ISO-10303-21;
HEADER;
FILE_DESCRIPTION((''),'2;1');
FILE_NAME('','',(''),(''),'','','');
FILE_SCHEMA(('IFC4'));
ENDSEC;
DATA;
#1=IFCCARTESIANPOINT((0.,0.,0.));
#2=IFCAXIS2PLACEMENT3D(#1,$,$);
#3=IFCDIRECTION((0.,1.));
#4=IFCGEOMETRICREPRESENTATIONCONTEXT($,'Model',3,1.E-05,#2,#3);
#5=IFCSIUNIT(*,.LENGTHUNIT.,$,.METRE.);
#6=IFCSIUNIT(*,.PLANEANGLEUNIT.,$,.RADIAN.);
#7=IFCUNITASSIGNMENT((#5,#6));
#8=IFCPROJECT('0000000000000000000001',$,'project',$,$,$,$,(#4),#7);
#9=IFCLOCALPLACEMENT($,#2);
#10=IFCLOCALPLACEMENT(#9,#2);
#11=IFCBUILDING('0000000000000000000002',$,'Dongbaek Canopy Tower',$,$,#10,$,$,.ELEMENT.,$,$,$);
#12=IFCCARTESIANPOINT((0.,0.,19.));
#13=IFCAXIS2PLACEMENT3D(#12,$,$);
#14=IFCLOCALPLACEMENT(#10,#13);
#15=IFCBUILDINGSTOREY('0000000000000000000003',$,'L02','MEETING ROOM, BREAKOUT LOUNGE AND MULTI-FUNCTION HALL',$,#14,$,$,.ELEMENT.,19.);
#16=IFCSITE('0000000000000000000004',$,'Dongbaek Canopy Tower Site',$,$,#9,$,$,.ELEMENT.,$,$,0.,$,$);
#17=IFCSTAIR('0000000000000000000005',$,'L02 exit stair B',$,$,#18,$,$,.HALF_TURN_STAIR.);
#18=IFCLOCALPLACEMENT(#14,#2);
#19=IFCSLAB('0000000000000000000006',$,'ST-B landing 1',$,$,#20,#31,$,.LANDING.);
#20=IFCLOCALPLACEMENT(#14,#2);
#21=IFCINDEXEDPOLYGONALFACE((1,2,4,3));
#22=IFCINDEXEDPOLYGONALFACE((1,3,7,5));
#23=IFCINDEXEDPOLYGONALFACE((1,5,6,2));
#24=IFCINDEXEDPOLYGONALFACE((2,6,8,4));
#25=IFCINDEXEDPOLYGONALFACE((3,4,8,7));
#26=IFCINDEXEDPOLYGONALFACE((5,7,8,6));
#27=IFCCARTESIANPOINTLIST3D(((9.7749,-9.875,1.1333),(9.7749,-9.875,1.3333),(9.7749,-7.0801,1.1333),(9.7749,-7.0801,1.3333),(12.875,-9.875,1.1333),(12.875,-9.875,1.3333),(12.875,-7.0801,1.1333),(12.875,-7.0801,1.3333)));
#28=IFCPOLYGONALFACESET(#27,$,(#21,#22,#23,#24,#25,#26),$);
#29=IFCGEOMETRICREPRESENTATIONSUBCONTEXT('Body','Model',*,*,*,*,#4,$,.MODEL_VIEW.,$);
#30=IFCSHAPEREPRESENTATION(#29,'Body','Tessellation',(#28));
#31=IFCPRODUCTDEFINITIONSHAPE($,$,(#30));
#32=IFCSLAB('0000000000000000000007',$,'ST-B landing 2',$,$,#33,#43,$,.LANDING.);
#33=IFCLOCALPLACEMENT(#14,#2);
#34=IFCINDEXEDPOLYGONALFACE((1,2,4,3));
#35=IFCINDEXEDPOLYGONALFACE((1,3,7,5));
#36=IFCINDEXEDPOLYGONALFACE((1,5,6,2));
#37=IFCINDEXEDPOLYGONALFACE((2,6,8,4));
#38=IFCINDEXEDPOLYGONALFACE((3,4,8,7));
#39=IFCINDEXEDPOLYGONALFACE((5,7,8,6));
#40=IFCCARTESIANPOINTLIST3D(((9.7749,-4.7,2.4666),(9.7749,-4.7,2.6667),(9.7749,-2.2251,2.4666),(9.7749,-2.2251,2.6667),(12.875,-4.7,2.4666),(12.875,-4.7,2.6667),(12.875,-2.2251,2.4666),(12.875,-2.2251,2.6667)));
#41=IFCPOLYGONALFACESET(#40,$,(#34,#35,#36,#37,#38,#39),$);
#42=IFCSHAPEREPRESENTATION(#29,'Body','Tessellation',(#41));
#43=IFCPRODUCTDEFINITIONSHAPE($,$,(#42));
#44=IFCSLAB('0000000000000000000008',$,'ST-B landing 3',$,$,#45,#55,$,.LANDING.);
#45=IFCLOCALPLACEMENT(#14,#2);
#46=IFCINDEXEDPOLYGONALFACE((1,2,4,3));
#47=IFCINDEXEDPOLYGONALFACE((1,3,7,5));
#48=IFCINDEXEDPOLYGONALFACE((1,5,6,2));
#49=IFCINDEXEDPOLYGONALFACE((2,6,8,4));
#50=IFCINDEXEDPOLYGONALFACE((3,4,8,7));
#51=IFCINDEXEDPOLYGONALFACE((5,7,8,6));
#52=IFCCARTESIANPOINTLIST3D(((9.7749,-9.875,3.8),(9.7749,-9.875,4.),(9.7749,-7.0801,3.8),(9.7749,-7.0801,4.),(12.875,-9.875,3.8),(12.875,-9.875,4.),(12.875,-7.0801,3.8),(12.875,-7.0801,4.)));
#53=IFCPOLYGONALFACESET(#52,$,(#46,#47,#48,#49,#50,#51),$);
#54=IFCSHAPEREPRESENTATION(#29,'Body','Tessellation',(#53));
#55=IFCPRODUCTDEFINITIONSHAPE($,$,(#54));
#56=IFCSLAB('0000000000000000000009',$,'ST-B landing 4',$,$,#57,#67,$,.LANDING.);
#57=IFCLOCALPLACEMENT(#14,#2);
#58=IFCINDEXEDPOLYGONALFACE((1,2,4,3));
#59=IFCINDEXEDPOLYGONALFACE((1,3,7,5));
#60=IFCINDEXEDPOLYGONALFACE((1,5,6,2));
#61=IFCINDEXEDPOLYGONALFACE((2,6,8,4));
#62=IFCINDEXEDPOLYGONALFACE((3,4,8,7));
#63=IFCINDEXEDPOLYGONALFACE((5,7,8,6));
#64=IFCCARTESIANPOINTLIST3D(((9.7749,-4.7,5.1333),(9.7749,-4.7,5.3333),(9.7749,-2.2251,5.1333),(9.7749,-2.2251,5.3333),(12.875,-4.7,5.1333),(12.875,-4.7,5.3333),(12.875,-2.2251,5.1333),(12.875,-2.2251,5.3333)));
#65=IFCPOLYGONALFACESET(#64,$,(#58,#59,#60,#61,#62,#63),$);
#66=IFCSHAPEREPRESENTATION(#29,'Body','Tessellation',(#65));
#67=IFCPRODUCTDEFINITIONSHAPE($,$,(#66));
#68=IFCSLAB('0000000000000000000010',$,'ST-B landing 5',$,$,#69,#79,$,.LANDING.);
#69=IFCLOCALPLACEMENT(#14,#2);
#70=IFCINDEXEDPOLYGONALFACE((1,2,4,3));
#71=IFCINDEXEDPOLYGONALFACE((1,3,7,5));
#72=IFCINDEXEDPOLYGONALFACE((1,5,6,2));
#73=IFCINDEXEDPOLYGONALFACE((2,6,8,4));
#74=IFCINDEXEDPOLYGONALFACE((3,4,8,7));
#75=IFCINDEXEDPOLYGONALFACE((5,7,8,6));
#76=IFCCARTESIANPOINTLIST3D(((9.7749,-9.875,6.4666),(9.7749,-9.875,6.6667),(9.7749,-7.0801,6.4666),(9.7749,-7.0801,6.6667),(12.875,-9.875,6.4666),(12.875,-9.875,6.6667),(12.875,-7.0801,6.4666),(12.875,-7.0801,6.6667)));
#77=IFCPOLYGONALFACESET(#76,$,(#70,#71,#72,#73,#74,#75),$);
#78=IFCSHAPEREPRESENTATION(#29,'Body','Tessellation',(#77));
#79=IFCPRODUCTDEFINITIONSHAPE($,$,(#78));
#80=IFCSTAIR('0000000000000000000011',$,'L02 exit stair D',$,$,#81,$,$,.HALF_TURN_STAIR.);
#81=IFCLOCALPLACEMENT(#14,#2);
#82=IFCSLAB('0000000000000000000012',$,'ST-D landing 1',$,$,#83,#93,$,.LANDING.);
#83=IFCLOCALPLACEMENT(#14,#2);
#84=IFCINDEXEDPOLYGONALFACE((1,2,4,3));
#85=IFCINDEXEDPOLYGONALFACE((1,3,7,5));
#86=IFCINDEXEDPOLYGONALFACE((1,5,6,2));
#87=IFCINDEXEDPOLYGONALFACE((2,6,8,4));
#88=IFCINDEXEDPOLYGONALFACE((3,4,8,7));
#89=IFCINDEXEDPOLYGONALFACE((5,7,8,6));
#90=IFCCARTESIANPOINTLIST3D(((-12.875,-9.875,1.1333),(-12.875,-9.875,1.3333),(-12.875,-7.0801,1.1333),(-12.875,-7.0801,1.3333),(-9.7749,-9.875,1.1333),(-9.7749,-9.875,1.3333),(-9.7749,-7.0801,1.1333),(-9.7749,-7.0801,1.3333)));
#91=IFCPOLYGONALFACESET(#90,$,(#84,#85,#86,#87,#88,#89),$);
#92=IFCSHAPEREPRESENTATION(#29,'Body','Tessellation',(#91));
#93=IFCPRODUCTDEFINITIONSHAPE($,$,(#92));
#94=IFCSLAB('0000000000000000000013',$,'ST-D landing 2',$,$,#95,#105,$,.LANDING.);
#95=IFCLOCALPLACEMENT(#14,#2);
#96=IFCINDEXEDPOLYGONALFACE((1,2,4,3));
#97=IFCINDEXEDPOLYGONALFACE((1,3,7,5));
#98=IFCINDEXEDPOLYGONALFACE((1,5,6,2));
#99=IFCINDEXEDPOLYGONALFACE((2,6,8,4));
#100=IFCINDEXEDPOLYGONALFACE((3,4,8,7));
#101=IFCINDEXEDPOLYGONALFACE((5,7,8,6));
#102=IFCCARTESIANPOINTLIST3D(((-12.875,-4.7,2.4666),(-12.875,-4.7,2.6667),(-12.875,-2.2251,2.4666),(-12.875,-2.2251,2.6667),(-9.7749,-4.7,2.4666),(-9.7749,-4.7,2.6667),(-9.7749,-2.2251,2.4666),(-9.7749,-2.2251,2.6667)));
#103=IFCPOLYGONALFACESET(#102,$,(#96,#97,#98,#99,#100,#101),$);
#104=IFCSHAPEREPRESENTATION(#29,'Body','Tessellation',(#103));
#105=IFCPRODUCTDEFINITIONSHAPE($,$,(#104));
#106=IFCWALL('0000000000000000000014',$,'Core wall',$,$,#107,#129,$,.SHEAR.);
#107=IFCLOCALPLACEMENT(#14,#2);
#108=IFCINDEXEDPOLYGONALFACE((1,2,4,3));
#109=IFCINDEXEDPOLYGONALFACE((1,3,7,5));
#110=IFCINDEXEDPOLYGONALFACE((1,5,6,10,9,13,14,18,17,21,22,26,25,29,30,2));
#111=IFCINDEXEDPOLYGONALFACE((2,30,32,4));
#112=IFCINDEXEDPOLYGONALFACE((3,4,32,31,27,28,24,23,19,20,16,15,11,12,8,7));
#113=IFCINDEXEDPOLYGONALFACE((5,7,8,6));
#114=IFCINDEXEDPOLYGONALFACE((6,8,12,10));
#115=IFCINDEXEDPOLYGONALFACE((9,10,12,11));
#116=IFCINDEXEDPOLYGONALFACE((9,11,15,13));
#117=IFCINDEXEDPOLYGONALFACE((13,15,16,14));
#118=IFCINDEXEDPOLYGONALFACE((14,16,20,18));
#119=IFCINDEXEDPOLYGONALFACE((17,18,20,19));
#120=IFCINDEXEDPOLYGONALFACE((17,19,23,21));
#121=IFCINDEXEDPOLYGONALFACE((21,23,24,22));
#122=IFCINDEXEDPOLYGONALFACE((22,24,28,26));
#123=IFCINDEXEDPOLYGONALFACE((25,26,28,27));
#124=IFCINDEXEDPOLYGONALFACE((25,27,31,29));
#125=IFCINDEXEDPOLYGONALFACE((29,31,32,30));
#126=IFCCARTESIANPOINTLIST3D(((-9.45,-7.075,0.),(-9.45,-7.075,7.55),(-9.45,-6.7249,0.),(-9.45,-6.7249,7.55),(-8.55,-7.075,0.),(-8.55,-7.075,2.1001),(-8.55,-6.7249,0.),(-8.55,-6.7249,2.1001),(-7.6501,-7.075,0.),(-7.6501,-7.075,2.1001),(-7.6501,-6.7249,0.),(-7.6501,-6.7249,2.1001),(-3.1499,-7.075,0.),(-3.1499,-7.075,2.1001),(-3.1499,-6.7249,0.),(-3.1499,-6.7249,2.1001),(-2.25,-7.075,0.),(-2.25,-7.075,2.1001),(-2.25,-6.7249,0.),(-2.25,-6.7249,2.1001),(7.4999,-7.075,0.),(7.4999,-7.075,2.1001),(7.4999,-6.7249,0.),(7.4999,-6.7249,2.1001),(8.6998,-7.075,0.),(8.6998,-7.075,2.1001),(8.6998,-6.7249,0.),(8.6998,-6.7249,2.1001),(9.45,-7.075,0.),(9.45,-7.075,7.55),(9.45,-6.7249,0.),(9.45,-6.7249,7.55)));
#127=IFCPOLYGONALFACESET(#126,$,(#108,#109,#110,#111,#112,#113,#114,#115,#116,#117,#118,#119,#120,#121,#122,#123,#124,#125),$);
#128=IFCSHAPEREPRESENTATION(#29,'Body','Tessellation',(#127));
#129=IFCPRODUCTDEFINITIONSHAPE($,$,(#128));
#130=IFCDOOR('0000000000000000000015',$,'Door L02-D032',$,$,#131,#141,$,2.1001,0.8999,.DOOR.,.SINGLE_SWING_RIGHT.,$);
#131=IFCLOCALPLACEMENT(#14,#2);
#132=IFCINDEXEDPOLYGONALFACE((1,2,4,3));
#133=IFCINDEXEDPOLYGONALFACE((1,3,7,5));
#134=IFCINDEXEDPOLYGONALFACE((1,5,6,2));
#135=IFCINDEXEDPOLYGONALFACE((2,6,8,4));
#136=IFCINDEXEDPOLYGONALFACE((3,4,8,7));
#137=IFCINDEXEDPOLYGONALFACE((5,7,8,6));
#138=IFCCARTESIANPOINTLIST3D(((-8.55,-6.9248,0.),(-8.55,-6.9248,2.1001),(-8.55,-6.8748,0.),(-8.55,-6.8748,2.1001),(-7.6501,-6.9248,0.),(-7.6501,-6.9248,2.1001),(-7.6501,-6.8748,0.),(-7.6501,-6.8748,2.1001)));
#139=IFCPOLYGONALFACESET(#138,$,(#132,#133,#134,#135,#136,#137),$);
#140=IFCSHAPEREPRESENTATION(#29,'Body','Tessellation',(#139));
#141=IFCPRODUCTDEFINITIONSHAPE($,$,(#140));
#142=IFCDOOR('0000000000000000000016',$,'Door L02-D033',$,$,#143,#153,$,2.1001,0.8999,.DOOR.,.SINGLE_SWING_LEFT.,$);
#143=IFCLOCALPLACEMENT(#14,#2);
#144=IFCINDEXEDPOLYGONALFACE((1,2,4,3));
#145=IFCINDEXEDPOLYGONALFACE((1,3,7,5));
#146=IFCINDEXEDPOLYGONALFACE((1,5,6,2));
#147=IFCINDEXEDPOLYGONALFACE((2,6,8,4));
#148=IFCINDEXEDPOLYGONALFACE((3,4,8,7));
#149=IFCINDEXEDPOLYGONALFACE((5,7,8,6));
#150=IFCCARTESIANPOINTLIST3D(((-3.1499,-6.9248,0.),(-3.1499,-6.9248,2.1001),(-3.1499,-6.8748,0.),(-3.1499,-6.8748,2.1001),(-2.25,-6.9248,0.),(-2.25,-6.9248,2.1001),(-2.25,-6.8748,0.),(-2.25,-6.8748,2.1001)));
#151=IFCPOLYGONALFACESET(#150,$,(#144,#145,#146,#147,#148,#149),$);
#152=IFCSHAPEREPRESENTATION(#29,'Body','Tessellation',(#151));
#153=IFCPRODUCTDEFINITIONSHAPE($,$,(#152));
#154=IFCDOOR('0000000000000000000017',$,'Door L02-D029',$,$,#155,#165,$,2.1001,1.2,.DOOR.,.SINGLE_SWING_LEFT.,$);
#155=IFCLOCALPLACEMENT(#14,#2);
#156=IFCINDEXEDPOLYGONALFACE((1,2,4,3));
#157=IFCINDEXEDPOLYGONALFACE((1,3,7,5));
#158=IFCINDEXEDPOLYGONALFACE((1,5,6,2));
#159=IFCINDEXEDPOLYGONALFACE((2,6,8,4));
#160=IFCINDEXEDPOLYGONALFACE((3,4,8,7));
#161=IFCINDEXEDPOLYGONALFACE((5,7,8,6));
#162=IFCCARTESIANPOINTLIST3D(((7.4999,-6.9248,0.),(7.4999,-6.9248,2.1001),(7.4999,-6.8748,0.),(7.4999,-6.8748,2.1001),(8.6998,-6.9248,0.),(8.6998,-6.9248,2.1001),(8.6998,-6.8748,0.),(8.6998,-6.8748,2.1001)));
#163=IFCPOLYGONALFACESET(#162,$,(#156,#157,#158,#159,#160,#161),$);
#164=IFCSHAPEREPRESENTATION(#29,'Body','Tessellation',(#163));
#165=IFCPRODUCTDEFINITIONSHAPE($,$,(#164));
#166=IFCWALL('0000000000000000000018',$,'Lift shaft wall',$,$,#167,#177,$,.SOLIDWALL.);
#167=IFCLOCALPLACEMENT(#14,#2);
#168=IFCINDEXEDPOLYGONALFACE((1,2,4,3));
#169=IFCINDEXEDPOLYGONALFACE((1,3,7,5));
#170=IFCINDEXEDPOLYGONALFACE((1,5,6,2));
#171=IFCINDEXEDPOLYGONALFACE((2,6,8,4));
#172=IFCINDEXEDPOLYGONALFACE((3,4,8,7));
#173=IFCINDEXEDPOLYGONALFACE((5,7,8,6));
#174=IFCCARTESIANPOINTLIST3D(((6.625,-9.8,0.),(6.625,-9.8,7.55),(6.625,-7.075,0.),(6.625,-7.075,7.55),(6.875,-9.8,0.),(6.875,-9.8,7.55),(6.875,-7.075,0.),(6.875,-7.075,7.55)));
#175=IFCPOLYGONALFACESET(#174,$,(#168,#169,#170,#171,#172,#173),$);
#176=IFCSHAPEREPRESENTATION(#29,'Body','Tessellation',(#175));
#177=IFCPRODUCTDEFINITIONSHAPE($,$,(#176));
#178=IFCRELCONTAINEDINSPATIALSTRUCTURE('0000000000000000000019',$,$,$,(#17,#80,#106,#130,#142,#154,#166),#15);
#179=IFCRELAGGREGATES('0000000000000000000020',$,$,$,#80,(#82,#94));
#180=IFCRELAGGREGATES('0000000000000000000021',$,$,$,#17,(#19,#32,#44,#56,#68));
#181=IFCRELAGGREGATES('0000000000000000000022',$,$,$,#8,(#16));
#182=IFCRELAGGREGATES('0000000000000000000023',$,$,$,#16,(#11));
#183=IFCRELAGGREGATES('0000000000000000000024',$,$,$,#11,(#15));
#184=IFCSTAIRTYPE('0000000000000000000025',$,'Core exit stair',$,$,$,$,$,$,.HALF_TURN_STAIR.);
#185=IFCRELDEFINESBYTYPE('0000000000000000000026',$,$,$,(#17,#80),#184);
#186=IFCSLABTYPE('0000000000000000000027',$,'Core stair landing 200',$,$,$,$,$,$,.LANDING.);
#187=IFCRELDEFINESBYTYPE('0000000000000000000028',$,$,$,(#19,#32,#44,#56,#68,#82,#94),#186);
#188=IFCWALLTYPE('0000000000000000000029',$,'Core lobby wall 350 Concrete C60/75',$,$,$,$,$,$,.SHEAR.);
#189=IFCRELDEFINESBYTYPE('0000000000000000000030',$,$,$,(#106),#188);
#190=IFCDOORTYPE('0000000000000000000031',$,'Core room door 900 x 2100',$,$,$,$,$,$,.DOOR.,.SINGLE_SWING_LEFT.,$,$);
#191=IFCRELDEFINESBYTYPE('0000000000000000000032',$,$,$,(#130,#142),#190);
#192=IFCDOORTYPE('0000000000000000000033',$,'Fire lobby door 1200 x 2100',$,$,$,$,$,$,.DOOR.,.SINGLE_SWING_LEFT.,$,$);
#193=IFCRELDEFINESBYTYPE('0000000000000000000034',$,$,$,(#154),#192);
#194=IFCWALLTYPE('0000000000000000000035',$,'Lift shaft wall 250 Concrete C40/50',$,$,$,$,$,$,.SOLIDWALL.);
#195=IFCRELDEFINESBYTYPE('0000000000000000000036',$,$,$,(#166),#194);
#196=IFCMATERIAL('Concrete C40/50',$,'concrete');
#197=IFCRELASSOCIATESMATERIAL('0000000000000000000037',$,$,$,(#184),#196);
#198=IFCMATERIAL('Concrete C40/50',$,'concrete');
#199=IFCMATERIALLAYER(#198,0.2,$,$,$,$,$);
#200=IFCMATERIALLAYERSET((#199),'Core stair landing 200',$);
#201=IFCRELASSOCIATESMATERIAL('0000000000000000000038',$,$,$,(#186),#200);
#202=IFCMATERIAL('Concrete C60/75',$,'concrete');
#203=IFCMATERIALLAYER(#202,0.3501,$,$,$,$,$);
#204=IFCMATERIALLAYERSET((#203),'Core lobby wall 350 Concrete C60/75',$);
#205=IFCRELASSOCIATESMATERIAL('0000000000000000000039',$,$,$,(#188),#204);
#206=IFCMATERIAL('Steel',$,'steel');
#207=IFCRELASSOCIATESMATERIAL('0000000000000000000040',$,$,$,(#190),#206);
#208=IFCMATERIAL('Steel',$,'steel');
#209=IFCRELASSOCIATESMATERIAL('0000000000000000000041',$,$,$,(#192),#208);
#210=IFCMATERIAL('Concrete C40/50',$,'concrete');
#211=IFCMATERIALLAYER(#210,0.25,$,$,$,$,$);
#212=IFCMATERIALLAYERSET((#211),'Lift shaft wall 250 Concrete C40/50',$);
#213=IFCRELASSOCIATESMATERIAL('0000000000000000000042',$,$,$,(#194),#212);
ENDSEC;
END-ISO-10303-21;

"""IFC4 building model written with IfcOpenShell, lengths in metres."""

from ifc_helpers import new_model, si_unit, direction, frame, frame_2d, origin, place, context, subcontext, project, spatial, polyline, rectangle, outline, extrude, material, layer, layer_set, type_object, element, fill, aggregate, save


model = new_model("IFC4")

# Units and contexts
model_context = context("Model", 3, precision=1e-05, world=origin(), true_north=direction((0.0, 1.0)))
body_context = subcontext(model_context, "Body", "Model", "MODEL_VIEW")
ifc_project = project(units=[si_unit("LENGTHUNIT", "METRE"), si_unit("PLANEANGLEUNIT", "RADIAN")], contexts=[model_context])

# Site, building, storey
site_placement = place(None, origin())
site = spatial("IfcSite", under=ifc_project, at=site_placement, Name="Dongbaek Canopy Tower Site", CompositionType="ELEMENT", RefElevation=0.0)
building_placement = place(site_placement, origin())
building = spatial("IfcBuilding", under=site, at=building_placement, Name="Dongbaek Canopy Tower", CompositionType="ELEMENT")
storey_placement = place(building_placement, frame((0.0, 0.0, 19.0)))
storey = spatial("IfcBuildingStorey", under=building, at=storey_placement, Name="L02", Description="MEETING ROOM, BREAKOUT LOUNGE AND MULTI-FUNCTION HALL", CompositionType="ELEMENT", Elevation=19.0)

# Stairs, slabs
ifc_material_1 = material(Name="Concrete C40/50", Category="concrete")
stair_type = type_object("IfcStairType", Name="Core exit stair", PredefinedType="HALF_TURN_STAIR", material=ifc_material_1)
stair_1_placement = place(storey_placement, origin())
stair_1 = element("IfcStair", 1, at=stair_1_placement, inside=storey, type_object=stair_type, Name="L02 exit stair B", PredefinedType="HALF_TURN_STAIR")
ifc_material_2 = material(Name="Concrete C40/50", Category="concrete")
ifc_layer_1 = layer(ifc_material_2, 0.2)
ifc_layer_set_1 = layer_set([ifc_layer_1], Name="Core stair landing 200")
slab_type = type_object("IfcSlabType", Name="Core stair landing 200", PredefinedType="LANDING", material=ifc_layer_set_1)
slab_1_placement = place(storey_placement, frame((0.0, 0.0, 1.1333)))
slab_1 = element("IfcSlab", 2, at=slab_1_placement, type_object=slab_type, Name="ST-B landing 1", PredefinedType="LANDING", context=body_context, shape_type="SweptSolid", body=[
    extrude(outline(polyline([(9.7749, -7.0801), (9.7749, -9.875), (12.875, -9.875), (12.875, -7.0801), (9.7749, -7.0801)])), origin(), (0.0, 0.0, 1.0), 0.2),
])
slab_2_placement = place(storey_placement, frame((0.0, 0.0, 2.4666)))
slab_2 = element("IfcSlab", 3, at=slab_2_placement, type_object=slab_type, Name="ST-B landing 2", PredefinedType="LANDING", context=body_context, shape_type="SweptSolid", body=[
    extrude(outline(polyline([(9.7749, -2.2251), (9.7749, -4.7), (12.875, -4.7), (12.875, -2.2251), (9.7749, -2.2251)])), origin(), (0.0, 0.0, 1.0), 0.2002),
])
slab_3_placement = place(storey_placement, frame((0.0, 0.0, 3.8)))
slab_3 = element("IfcSlab", 4, at=slab_3_placement, type_object=slab_type, Name="ST-B landing 3", PredefinedType="LANDING", context=body_context, shape_type="SweptSolid", body=[
    extrude(outline(polyline([(9.7749, -7.0801), (9.7749, -9.875), (12.875, -9.875), (12.875, -7.0801), (9.7749, -7.0801)])), origin(), (0.0, 0.0, 1.0), 0.2),
])
slab_4_placement = place(storey_placement, frame((0.0, 0.0, 5.1333)))
slab_4 = element("IfcSlab", 5, at=slab_4_placement, type_object=slab_type, Name="ST-B landing 4", PredefinedType="LANDING", context=body_context, shape_type="SweptSolid", body=[
    extrude(outline(polyline([(9.7749, -2.2251), (9.7749, -4.7), (12.875, -4.7), (12.875, -2.2251), (9.7749, -2.2251)])), origin(), (0.0, 0.0, 1.0), 0.2),
])
slab_5_placement = place(storey_placement, frame((0.0, 0.0, 6.4666)))
slab_5 = element("IfcSlab", 6, at=slab_5_placement, type_object=slab_type, Name="ST-B landing 5", PredefinedType="LANDING", context=body_context, shape_type="SweptSolid", body=[
    extrude(outline(polyline([(9.7749, -7.0801), (9.7749, -9.875), (12.875, -9.875), (12.875, -7.0801), (9.7749, -7.0801)])), origin(), (0.0, 0.0, 1.0), 0.2002),
])
stair_2_placement = place(storey_placement, origin())
stair_2 = element("IfcStair", 7, at=stair_2_placement, inside=storey, type_object=stair_type, Name="L02 exit stair D", PredefinedType="HALF_TURN_STAIR")
slab_6_placement = place(storey_placement, frame((0.0, 0.0, 1.1333)))
slab_6 = element("IfcSlab", 8, at=slab_6_placement, type_object=slab_type, Name="ST-D landing 1", PredefinedType="LANDING", context=body_context, shape_type="SweptSolid", body=[
    extrude(outline(polyline([(-12.875, -7.0801), (-12.875, -9.875), (-9.7749, -9.875), (-9.7749, -7.0801), (-12.875, -7.0801)])), origin(), (0.0, 0.0, 1.0), 0.2),
])
slab_7_placement = place(storey_placement, frame((0.0, 0.0, 2.4666)))
slab_7 = element("IfcSlab", 9, at=slab_7_placement, type_object=slab_type, Name="ST-D landing 2", PredefinedType="LANDING", context=body_context, shape_type="SweptSolid", body=[
    extrude(outline(polyline([(-12.875, -2.2251), (-12.875, -4.7), (-9.7749, -4.7), (-9.7749, -2.2251), (-12.875, -2.2251)])), origin(), (0.0, 0.0, 1.0), 0.2002),
])
aggregate(stair_2, [slab_6, slab_7])

# Wall, openings, doors
ifc_material_3 = material(Name="Concrete C60/75", Category="concrete")
ifc_layer_2 = layer(ifc_material_3, 0.3501)
ifc_layer_set_2 = layer_set([ifc_layer_2], Name="Core lobby wall 350 Concrete C60/75")
wall_type_1 = type_object("IfcWallType", Name="Core lobby wall 350 Concrete C60/75", PredefinedType="SHEAR", material=ifc_layer_set_2)
wall_1_placement = place(storey_placement, frame((9.45, -6.8999, 0.0), z_axis=(0.0, 0.0, 1.0), x_axis=(-1.0, 0.0, 0.0)))
wall_1 = element("IfcWall", 10, at=wall_1_placement, inside=storey, type_object=wall_type_1, Name="Core wall", PredefinedType="SHEAR", context=body_context, shape_type="SweptSolid", body=[
    extrude(rectangle(XDim=18.8999, YDim=0.3501, at=frame_2d((9.45, 0.0))), origin(), (0.0, 0.0, 1.0), 7.55),
])
opening_1_placement = place(wall_1_placement, frame((0.75, 0.0, 0.0)))
opening_1 = element("IfcOpeningElement", 11, at=opening_1_placement, cuts=wall_1, PredefinedType="OPENING", context=body_context, shape_type="SweptSolid", body=[
    extrude(rectangle(XDim=1.2, YDim=2.1001, at=frame_2d((0.6001, 1.05))), frame((0.0, 0.1851, 0.0), z_axis=(0.0, -1.0, 0.0), x_axis=(1.0, 0.0, 0.0)), (0.0, 0.0, 1.0), 0.3701),
])
opening_2_placement = place(wall_1_placement, frame((17.1001, 0.0, 0.0)))
opening_2 = element("IfcOpeningElement", 12, at=opening_2_placement, cuts=wall_1, PredefinedType="OPENING", context=body_context, shape_type="SweptSolid", body=[
    extrude(rectangle(XDim=0.8999, YDim=2.1001, at=frame_2d((0.45, 1.05))), frame((0.0, 0.1851, 0.0), z_axis=(0.0, -1.0, 0.0), x_axis=(1.0, 0.0, 0.0)), (0.0, 0.0, 1.0), 0.3701),
])
opening_3_placement = place(wall_1_placement, frame((11.7, 0.0, 0.0)))
opening_3 = element("IfcOpeningElement", 13, at=opening_3_placement, cuts=wall_1, PredefinedType="OPENING", context=body_context, shape_type="SweptSolid", body=[
    extrude(rectangle(XDim=0.8999, YDim=2.1001, at=frame_2d((0.45, 1.05))), frame((0.0, 0.1851, 0.0), z_axis=(0.0, -1.0, 0.0), x_axis=(1.0, 0.0, 0.0)), (0.0, 0.0, 1.0), 0.3701),
])
ifc_material_4 = material(Name="Steel", Category="steel")
door_type_1 = type_object("IfcDoorType", Name="Core room door 900 x 2100", OperationType="SINGLE_SWING_LEFT", PredefinedType="DOOR", material=ifc_material_4)
door_1_placement = place(opening_2_placement, origin())
door_1 = element("IfcDoor", 14, at=door_1_placement, inside=storey, type_object=door_type_1, Name="Door L02-D032", OperationType="SINGLE_SWING_RIGHT", OverallHeight=2.1001, OverallWidth=0.8999, PredefinedType="DOOR", context=body_context, shape_type="SweptSolid", body=[
    extrude(rectangle(XDim=0.8999, YDim=2.1001, at=frame_2d((0.45, 1.05))), frame((0.0, 0.0249, 0.0), z_axis=(0.0, -1.0, 0.0), x_axis=(1.0, 0.0, 0.0)), (0.0, 0.0, 1.0), 0.05),
])
fill(opening_2, door_1)
door_2_placement = place(opening_3_placement, origin())
door_2 = element("IfcDoor", 15, at=door_2_placement, inside=storey, type_object=door_type_1, Name="Door L02-D033", OperationType="SINGLE_SWING_LEFT", OverallHeight=2.1001, OverallWidth=0.8999, PredefinedType="DOOR", context=body_context, shape_type="SweptSolid", body=[
    extrude(rectangle(XDim=0.8999, YDim=2.1001, at=frame_2d((0.45, 1.05))), frame((0.0, 0.0249, 0.0), z_axis=(0.0, -1.0, 0.0), x_axis=(1.0, 0.0, 0.0)), (0.0, 0.0, 1.0), 0.05),
])
fill(opening_3, door_2)
ifc_material_5 = material(Name="Steel", Category="steel")
door_type_2 = type_object("IfcDoorType", Name="Fire lobby door 1200 x 2100", OperationType="SINGLE_SWING_LEFT", PredefinedType="DOOR", material=ifc_material_5)
door_3_placement = place(opening_1_placement, origin())
door_3 = element("IfcDoor", 16, at=door_3_placement, inside=storey, type_object=door_type_2, Name="Door L02-D029", OperationType="SINGLE_SWING_LEFT", OverallHeight=2.1001, OverallWidth=1.2, PredefinedType="DOOR", context=body_context, shape_type="SweptSolid", body=[
    extrude(rectangle(XDim=1.2, YDim=2.1001, at=frame_2d((0.6001, 1.05))), frame((0.0, 0.0249, 0.0), z_axis=(0.0, -1.0, 0.0), x_axis=(1.0, 0.0, 0.0)), (0.0, 0.0, 1.0), 0.05),
])
fill(opening_1, door_3)

# Wall
ifc_material_6 = material(Name="Concrete C40/50", Category="concrete")
ifc_layer_3 = layer(ifc_material_6, 0.25)
ifc_layer_set_3 = layer_set([ifc_layer_3], Name="Lift shaft wall 250 Concrete C40/50")
wall_type_2 = type_object("IfcWallType", Name="Lift shaft wall 250 Concrete C40/50", PredefinedType="SOLIDWALL", material=ifc_layer_set_3)
for number, where, z_axis, x_axis, name in (
    (17, (6.75, -9.8, 0.0), (0.0, 0.0, 1.0), (0.0, 1.0, 0.0), "Lift shaft wall"),
):
    element("IfcWall", number, at=place(storey_placement, frame(where, z_axis=z_axis, x_axis=x_axis)), inside=storey, type_object=wall_type_2, Name=name, PredefinedType="SOLIDWALL", context=body_context, shape_type="SweptSolid", body=[
        extrude(rectangle(XDim=2.7251, YDim=0.25, at=frame_2d((1.3625, 0.0))), origin(), (0.0, 0.0, 1.0), 7.55),
    ])

aggregate(stair_1, [slab_1, slab_2, slab_3, slab_4, slab_5])

save(model, "model.ifc")
